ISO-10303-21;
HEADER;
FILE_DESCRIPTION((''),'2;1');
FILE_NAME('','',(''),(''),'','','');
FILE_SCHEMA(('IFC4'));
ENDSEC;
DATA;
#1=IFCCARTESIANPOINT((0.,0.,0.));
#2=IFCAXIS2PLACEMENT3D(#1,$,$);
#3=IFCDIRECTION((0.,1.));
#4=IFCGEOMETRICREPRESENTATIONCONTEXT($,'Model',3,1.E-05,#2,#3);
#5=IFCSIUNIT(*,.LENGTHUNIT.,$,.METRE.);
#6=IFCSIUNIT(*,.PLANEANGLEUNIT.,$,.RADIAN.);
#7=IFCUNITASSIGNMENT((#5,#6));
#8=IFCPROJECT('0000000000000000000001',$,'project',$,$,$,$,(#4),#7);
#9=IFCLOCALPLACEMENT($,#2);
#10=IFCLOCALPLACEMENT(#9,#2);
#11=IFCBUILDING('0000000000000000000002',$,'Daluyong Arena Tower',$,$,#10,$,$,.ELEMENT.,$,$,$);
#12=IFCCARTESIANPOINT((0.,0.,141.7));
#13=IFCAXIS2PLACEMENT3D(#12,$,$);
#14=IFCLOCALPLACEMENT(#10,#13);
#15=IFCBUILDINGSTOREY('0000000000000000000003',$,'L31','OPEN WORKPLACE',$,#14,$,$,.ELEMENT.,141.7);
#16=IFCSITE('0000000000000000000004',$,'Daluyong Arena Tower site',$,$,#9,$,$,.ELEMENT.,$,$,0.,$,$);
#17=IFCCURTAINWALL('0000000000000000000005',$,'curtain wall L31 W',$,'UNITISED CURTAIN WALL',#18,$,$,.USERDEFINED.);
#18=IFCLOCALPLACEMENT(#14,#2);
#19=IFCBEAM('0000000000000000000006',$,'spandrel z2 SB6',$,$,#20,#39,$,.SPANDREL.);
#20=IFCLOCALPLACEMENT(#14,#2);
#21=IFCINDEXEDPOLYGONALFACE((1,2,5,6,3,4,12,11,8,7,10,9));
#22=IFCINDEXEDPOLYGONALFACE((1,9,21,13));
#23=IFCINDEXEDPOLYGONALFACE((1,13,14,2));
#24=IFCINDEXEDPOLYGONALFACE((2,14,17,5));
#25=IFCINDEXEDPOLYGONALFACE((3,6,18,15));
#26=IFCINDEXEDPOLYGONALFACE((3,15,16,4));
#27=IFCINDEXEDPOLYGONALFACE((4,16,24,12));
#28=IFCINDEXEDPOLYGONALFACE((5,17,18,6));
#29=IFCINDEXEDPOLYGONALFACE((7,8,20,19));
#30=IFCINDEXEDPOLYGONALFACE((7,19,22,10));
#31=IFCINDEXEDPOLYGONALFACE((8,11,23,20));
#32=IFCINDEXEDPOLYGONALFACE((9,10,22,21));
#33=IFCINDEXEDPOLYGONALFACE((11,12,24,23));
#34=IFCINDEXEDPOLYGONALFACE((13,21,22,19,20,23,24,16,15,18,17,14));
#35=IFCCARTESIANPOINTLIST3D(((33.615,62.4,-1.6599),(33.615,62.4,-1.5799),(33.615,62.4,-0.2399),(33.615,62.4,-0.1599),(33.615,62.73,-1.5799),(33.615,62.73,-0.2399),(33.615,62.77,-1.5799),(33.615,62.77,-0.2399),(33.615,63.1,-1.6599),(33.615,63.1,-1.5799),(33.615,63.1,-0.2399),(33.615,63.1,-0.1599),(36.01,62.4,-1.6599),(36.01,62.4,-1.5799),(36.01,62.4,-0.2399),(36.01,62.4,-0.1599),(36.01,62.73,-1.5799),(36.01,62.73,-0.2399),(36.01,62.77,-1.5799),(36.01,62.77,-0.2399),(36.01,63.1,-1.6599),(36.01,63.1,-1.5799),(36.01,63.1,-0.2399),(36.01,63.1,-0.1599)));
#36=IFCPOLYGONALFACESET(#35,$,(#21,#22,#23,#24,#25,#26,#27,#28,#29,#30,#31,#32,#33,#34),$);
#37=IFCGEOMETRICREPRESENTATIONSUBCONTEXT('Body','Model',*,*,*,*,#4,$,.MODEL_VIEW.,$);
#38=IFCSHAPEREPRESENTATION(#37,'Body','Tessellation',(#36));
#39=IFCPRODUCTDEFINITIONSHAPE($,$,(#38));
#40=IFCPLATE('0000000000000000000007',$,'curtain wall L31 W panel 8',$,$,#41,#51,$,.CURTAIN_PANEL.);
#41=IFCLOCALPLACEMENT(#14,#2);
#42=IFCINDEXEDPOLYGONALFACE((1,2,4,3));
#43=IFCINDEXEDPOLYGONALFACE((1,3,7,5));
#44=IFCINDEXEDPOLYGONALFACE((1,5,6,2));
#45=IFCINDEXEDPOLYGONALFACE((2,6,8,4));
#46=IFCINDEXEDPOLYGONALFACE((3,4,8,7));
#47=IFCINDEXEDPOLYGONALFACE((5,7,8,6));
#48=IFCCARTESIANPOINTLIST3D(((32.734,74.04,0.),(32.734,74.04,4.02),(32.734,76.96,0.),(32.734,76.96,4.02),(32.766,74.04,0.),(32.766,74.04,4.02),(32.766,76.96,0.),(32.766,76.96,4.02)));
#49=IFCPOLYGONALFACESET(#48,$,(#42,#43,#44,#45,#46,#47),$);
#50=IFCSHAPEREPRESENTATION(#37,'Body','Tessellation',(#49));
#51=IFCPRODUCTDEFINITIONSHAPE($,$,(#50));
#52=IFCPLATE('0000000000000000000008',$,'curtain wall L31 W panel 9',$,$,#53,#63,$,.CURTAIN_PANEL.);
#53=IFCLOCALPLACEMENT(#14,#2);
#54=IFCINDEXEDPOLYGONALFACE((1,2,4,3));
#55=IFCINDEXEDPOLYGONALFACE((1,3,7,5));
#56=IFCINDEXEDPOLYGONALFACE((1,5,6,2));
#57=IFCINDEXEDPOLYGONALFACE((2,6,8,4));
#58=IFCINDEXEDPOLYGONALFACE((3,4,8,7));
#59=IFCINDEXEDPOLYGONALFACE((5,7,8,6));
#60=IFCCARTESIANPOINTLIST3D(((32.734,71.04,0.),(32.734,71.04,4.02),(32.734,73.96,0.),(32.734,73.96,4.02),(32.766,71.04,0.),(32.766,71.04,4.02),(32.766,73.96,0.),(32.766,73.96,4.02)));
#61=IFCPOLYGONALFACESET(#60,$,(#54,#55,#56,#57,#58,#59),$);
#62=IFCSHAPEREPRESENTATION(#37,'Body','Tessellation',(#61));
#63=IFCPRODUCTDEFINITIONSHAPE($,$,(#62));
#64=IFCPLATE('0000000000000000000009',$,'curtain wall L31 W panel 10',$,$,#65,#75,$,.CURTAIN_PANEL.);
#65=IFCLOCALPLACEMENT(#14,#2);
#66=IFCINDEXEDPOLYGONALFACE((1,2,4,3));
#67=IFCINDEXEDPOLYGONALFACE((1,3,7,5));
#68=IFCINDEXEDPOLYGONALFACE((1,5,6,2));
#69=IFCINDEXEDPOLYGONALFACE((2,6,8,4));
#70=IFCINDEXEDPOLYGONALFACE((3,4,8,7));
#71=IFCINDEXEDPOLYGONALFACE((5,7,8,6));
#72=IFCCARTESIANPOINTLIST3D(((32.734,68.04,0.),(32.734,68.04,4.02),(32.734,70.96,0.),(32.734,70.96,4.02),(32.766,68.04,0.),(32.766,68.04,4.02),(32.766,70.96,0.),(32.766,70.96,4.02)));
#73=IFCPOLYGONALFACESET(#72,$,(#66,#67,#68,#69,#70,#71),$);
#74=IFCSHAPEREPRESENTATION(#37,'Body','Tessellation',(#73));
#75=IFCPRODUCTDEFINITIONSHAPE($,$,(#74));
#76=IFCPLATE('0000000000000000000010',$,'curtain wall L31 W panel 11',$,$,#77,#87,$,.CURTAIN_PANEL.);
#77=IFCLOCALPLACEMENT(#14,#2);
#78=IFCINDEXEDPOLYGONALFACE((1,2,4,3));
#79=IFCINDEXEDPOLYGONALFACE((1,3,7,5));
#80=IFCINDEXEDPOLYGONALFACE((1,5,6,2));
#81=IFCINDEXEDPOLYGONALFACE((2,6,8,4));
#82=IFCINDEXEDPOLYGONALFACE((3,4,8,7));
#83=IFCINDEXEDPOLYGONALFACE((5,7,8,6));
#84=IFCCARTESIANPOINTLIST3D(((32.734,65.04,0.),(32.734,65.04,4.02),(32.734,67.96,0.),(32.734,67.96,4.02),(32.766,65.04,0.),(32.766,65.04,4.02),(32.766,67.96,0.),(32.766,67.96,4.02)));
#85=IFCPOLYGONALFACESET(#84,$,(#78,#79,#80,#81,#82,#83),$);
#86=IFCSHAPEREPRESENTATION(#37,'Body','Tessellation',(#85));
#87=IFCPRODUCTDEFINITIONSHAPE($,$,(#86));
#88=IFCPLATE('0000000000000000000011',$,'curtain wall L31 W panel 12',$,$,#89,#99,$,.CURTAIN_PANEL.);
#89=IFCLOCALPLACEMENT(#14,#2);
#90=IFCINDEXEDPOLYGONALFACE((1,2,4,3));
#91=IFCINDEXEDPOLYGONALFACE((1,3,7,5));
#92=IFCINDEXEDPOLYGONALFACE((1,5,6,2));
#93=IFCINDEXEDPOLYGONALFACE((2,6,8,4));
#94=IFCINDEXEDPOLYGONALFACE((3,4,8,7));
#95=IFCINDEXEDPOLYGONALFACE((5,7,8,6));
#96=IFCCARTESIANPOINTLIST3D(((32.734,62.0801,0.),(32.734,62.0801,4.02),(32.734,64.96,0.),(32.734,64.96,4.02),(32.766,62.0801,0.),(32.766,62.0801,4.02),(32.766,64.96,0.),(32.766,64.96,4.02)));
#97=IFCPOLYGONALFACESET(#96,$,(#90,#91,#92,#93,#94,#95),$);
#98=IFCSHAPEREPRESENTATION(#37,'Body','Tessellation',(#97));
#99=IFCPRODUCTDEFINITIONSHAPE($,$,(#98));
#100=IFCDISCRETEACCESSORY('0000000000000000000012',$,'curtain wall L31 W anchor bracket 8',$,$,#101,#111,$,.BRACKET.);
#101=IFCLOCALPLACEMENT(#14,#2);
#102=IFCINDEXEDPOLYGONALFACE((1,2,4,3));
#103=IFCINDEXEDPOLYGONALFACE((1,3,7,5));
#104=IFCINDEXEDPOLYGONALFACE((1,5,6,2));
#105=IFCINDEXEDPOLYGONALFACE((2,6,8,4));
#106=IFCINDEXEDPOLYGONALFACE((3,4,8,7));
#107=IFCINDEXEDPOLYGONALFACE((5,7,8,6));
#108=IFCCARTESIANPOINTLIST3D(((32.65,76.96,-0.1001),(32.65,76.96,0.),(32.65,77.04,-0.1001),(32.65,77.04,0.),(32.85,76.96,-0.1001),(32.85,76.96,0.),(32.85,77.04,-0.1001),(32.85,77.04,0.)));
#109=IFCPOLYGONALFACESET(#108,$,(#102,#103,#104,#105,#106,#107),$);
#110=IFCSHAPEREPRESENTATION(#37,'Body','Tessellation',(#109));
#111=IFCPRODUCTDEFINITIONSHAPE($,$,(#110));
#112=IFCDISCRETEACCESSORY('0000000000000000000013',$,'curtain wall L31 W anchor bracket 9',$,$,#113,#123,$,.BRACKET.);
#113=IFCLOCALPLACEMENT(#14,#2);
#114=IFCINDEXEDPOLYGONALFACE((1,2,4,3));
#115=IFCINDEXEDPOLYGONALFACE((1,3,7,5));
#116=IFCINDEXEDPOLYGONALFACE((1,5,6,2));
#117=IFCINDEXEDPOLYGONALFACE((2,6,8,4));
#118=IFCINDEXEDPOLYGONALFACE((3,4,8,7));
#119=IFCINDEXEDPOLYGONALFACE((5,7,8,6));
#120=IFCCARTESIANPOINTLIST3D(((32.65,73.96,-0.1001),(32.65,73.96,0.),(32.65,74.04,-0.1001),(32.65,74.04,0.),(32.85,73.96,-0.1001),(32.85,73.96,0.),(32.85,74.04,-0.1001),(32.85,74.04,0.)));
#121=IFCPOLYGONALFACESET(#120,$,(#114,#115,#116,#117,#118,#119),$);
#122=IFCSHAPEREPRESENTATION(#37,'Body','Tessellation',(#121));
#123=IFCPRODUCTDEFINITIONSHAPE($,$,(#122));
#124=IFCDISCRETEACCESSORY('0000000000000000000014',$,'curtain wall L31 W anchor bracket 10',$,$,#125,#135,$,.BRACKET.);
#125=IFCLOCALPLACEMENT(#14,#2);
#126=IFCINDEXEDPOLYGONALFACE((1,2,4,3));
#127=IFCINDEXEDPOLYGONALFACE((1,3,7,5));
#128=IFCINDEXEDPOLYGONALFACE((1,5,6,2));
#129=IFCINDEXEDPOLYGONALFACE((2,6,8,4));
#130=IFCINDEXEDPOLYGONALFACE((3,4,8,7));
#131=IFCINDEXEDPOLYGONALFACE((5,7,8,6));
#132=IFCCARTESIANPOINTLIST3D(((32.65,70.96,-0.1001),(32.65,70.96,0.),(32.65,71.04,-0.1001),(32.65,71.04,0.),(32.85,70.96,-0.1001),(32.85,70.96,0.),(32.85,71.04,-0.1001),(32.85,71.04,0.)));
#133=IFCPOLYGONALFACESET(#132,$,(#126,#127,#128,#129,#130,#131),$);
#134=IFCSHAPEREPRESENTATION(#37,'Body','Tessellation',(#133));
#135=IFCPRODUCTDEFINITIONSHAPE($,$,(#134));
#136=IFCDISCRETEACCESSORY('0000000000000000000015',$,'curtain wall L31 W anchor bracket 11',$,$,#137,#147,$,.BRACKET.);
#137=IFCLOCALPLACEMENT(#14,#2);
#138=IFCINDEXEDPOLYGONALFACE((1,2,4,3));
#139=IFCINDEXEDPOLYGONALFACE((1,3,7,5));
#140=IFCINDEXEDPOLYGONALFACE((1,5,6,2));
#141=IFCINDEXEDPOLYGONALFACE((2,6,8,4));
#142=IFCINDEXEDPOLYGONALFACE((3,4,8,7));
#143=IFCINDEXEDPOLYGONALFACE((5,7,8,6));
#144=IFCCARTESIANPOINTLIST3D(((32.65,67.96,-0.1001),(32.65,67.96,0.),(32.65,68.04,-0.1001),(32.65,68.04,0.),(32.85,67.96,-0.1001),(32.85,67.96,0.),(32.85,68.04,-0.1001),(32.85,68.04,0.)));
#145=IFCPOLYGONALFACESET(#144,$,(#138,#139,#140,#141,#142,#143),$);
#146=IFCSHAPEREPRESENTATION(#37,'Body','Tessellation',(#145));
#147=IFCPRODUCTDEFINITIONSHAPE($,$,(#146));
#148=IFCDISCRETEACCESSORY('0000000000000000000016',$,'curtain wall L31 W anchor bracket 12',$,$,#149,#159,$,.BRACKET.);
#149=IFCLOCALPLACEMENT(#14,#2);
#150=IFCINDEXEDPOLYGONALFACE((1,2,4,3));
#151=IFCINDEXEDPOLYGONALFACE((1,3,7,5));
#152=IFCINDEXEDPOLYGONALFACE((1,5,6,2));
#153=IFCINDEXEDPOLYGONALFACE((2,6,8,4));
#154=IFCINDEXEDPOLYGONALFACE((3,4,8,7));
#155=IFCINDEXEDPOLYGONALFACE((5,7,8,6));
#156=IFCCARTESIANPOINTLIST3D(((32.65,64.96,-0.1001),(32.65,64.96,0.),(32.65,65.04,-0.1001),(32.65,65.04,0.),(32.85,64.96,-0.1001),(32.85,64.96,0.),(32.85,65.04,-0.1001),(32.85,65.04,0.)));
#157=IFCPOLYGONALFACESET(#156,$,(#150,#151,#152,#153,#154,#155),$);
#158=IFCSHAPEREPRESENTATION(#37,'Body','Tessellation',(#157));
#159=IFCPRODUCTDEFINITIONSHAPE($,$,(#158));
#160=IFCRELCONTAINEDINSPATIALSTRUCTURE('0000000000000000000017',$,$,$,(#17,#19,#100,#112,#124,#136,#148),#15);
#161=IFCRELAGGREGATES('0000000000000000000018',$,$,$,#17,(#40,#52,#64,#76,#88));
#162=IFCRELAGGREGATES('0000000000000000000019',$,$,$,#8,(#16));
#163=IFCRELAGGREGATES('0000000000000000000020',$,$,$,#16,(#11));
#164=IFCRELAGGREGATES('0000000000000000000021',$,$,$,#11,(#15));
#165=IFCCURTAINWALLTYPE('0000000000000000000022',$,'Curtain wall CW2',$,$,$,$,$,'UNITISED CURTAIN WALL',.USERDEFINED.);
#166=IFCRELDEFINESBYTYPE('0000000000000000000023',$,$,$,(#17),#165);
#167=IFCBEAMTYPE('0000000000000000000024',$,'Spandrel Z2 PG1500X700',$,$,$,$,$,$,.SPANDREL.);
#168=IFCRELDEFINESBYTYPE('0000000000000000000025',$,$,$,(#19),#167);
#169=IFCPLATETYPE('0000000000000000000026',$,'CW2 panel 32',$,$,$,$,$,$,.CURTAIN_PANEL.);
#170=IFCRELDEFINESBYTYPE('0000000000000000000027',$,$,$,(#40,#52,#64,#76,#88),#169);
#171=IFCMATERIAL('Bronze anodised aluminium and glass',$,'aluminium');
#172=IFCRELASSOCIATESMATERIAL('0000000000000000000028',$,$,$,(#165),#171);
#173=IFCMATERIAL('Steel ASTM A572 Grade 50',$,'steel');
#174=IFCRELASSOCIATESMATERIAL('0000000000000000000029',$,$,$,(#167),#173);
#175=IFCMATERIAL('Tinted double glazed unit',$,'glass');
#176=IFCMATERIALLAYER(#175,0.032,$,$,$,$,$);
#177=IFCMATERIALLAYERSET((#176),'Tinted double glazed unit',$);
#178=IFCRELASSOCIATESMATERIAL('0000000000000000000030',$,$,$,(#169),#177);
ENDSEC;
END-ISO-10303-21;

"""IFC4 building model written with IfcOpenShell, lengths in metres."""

from ifc_helpers import new_model, si_unit, direction, frame, origin, origin_2d, place, context, subcontext, project, spatial, rectangle, i_section, extrude, material, layer, layer_set, material_profile, profile_set, type_object, element, aggregate, save


model = new_model("IFC4")

# Units and contexts
model_context = context("Model", 3, precision=1e-05, world=origin(), true_north=direction((0.0, 1.0)))
body_context = subcontext(model_context, "Body", "Model", "MODEL_VIEW")
ifc_project = project(units=[si_unit("LENGTHUNIT", "METRE"), si_unit("PLANEANGLEUNIT", "RADIAN")], contexts=[model_context])

# Site, building, storey
site_placement = place(None, origin())
site = spatial("IfcSite", under=ifc_project, at=site_placement, Name="Daluyong Arena Tower site", CompositionType="ELEMENT", RefElevation=0.0)
building_placement = place(site_placement, origin())
building = spatial("IfcBuilding", under=site, at=building_placement, Name="Daluyong Arena Tower", CompositionType="ELEMENT")
storey_placement = place(building_placement, frame((0.0, 0.0, 141.7)))
storey = spatial("IfcBuildingStorey", under=building, at=storey_placement, Name="L31", Description="OPEN WORKPLACE", CompositionType="ELEMENT", Elevation=141.7)

# Curtain wall
ifc_material_1 = material(Name="Bronze anodised aluminium and glass", Category="aluminium")
curtain_wall_type_1 = type_object("IfcCurtainWallType", Name="Curtain wall CW2", ElementType="UNITISED CURTAIN WALL", PredefinedType="USERDEFINED", material=ifc_material_1)
curtain_wall_1_placement = place(storey_placement, origin())
curtain_wall_1 = element("IfcCurtainWall", 1, at=curtain_wall_1_placement, inside=storey, type_object=curtain_wall_type_1, Name="curtain wall L31 W", ObjectType="UNITISED CURTAIN WALL", PredefinedType="USERDEFINED")

# Beam
ifc_material_2 = material(Name="Steel ASTM A572 Grade 50", Category="steel")
ifc_material_profile_1 = material_profile(ifc_material_2, i_section(OverallWidth=0.7, OverallDepth=1.5, WebThickness=0.04, FlangeThickness=0.08, at=origin_2d()))
ifc_profile_set_1 = profile_set([ifc_material_profile_1], Name="Steel ASTM A572 Grade 50")
beam_type_1 = type_object("IfcBeamType", Name="Spandrel Z2 PG1500X700", PredefinedType="SPANDREL", material=ifc_profile_set_1)
beam_1_placement = place(storey_placement, frame((33.615, 62.75, -0.9099), z_axis=(1.0, 0.0, 0.0), x_axis=(0.0, 1.0, 0.0)))
element("IfcBeam", 2, at=beam_1_placement, inside=storey, type_object=beam_type_1, Name="spandrel z2 SB6", PredefinedType="SPANDREL", context=body_context, shape_type="SweptSolid", body=[
    extrude(i_section(OverallWidth=0.7, OverallDepth=1.5, WebThickness=0.04, FlangeThickness=0.08, at=origin_2d()), origin(), (0.0, 0.0, 1.0), 2.395),
])

# Plates
ifc_material_3 = material(Name="Tinted double glazed unit", Category="glass")
ifc_layer = layer(ifc_material_3, 0.032)
ifc_layer_set = layer_set([ifc_layer], Name="Tinted double glazed unit")
plate_type = type_object("IfcPlateType", Name="CW2 panel 32", PredefinedType="CURTAIN_PANEL", material=ifc_layer_set)
plate_1_placement = place(storey_placement, frame((32.75, 75.5, 0.0), z_axis=(0.0, 0.0, 1.0), x_axis=(0.0, -1.0, 0.0)))
plate_1 = element("IfcPlate", 3, at=plate_1_placement, type_object=plate_type, Name="curtain wall L31 W panel 8", PredefinedType="CURTAIN_PANEL", context=body_context, shape_type="SweptSolid", body=[
    extrude(rectangle(XDim=2.9199, YDim=0.032, at=origin_2d()), origin(), (0.0, 0.0, 1.0), 4.02),
])
plate_2_placement = place(storey_placement, frame((32.75, 72.5, 0.0), z_axis=(0.0, 0.0, 1.0), x_axis=(0.0, -1.0, 0.0)))
plate_2 = element("IfcPlate", 4, at=plate_2_placement, type_object=plate_type, Name="curtain wall L31 W panel 9", PredefinedType="CURTAIN_PANEL", context=body_context, shape_type="SweptSolid", body=[
    extrude(rectangle(XDim=2.9199, YDim=0.032, at=origin_2d()), origin(), (0.0, 0.0, 1.0), 4.02),
])
plate_3_placement = place(storey_placement, frame((32.75, 69.5, 0.0), z_axis=(0.0, 0.0, 1.0), x_axis=(0.0, -1.0, 0.0)))
plate_3 = element("IfcPlate", 5, at=plate_3_placement, type_object=plate_type, Name="curtain wall L31 W panel 10", PredefinedType="CURTAIN_PANEL", context=body_context, shape_type="SweptSolid", body=[
    extrude(rectangle(XDim=2.9199, YDim=0.032, at=origin_2d()), origin(), (0.0, 0.0, 1.0), 4.02),
])
plate_4_placement = place(storey_placement, frame((32.75, 66.5, 0.0), z_axis=(0.0, 0.0, 1.0), x_axis=(0.0, -1.0, 0.0)))
plate_4 = element("IfcPlate", 6, at=plate_4_placement, type_object=plate_type, Name="curtain wall L31 W panel 11", PredefinedType="CURTAIN_PANEL", context=body_context, shape_type="SweptSolid", body=[
    extrude(rectangle(XDim=2.9199, YDim=0.032, at=origin_2d()), origin(), (0.0, 0.0, 1.0), 4.02),
])
plate_5_placement = place(storey_placement, frame((32.75, 63.52, 0.0), z_axis=(0.0, 0.0, 1.0), x_axis=(0.0, -1.0, 0.0)))
plate_5 = element("IfcPlate", 7, at=plate_5_placement, type_object=plate_type, Name="curtain wall L31 W panel 12", PredefinedType="CURTAIN_PANEL", context=body_context, shape_type="SweptSolid", body=[
    extrude(rectangle(XDim=2.8799, YDim=0.032, at=origin_2d()), origin(), (0.0, 0.0, 1.0), 4.02),
])
aggregate(curtain_wall_1, [plate_1, plate_2, plate_3, plate_4, plate_5])

# Discrete accessories
for number, where, z_axis, x_axis, name in (
    (8, (32.75, 77.0, -0.1001), (0.0, 0.0, 1.0), (0.0, -1.0, 0.0), "curtain wall L31 W anchor bracket 8"),
    (9, (32.75, 74.0, -0.1001), (0.0, 0.0, 1.0), (0.0, -1.0, 0.0), "curtain wall L31 W anchor bracket 9"),
    (10, (32.75, 71.0, -0.1001), (0.0, 0.0, 1.0), (0.0, -1.0, 0.0), "curtain wall L31 W anchor bracket 10"),
    (11, (32.75, 68.0, -0.1001), (0.0, 0.0, 1.0), (0.0, -1.0, 0.0), "curtain wall L31 W anchor bracket 11"),
    (12, (32.75, 65.0, -0.1001), (0.0, 0.0, 1.0), (0.0, -1.0, 0.0), "curtain wall L31 W anchor bracket 12"),
):
    element("IfcDiscreteAccessory", number, at=place(storey_placement, frame(where, z_axis=z_axis, x_axis=x_axis)), inside=storey, Name=name, PredefinedType="BRACKET", context=body_context, shape_type="SweptSolid", body=[
        extrude(rectangle(XDim=0.0801, YDim=0.2, at=origin_2d()), origin(), (0.0, 0.0, 1.0), 0.1001),
    ])

save(model, "model.ifc")
